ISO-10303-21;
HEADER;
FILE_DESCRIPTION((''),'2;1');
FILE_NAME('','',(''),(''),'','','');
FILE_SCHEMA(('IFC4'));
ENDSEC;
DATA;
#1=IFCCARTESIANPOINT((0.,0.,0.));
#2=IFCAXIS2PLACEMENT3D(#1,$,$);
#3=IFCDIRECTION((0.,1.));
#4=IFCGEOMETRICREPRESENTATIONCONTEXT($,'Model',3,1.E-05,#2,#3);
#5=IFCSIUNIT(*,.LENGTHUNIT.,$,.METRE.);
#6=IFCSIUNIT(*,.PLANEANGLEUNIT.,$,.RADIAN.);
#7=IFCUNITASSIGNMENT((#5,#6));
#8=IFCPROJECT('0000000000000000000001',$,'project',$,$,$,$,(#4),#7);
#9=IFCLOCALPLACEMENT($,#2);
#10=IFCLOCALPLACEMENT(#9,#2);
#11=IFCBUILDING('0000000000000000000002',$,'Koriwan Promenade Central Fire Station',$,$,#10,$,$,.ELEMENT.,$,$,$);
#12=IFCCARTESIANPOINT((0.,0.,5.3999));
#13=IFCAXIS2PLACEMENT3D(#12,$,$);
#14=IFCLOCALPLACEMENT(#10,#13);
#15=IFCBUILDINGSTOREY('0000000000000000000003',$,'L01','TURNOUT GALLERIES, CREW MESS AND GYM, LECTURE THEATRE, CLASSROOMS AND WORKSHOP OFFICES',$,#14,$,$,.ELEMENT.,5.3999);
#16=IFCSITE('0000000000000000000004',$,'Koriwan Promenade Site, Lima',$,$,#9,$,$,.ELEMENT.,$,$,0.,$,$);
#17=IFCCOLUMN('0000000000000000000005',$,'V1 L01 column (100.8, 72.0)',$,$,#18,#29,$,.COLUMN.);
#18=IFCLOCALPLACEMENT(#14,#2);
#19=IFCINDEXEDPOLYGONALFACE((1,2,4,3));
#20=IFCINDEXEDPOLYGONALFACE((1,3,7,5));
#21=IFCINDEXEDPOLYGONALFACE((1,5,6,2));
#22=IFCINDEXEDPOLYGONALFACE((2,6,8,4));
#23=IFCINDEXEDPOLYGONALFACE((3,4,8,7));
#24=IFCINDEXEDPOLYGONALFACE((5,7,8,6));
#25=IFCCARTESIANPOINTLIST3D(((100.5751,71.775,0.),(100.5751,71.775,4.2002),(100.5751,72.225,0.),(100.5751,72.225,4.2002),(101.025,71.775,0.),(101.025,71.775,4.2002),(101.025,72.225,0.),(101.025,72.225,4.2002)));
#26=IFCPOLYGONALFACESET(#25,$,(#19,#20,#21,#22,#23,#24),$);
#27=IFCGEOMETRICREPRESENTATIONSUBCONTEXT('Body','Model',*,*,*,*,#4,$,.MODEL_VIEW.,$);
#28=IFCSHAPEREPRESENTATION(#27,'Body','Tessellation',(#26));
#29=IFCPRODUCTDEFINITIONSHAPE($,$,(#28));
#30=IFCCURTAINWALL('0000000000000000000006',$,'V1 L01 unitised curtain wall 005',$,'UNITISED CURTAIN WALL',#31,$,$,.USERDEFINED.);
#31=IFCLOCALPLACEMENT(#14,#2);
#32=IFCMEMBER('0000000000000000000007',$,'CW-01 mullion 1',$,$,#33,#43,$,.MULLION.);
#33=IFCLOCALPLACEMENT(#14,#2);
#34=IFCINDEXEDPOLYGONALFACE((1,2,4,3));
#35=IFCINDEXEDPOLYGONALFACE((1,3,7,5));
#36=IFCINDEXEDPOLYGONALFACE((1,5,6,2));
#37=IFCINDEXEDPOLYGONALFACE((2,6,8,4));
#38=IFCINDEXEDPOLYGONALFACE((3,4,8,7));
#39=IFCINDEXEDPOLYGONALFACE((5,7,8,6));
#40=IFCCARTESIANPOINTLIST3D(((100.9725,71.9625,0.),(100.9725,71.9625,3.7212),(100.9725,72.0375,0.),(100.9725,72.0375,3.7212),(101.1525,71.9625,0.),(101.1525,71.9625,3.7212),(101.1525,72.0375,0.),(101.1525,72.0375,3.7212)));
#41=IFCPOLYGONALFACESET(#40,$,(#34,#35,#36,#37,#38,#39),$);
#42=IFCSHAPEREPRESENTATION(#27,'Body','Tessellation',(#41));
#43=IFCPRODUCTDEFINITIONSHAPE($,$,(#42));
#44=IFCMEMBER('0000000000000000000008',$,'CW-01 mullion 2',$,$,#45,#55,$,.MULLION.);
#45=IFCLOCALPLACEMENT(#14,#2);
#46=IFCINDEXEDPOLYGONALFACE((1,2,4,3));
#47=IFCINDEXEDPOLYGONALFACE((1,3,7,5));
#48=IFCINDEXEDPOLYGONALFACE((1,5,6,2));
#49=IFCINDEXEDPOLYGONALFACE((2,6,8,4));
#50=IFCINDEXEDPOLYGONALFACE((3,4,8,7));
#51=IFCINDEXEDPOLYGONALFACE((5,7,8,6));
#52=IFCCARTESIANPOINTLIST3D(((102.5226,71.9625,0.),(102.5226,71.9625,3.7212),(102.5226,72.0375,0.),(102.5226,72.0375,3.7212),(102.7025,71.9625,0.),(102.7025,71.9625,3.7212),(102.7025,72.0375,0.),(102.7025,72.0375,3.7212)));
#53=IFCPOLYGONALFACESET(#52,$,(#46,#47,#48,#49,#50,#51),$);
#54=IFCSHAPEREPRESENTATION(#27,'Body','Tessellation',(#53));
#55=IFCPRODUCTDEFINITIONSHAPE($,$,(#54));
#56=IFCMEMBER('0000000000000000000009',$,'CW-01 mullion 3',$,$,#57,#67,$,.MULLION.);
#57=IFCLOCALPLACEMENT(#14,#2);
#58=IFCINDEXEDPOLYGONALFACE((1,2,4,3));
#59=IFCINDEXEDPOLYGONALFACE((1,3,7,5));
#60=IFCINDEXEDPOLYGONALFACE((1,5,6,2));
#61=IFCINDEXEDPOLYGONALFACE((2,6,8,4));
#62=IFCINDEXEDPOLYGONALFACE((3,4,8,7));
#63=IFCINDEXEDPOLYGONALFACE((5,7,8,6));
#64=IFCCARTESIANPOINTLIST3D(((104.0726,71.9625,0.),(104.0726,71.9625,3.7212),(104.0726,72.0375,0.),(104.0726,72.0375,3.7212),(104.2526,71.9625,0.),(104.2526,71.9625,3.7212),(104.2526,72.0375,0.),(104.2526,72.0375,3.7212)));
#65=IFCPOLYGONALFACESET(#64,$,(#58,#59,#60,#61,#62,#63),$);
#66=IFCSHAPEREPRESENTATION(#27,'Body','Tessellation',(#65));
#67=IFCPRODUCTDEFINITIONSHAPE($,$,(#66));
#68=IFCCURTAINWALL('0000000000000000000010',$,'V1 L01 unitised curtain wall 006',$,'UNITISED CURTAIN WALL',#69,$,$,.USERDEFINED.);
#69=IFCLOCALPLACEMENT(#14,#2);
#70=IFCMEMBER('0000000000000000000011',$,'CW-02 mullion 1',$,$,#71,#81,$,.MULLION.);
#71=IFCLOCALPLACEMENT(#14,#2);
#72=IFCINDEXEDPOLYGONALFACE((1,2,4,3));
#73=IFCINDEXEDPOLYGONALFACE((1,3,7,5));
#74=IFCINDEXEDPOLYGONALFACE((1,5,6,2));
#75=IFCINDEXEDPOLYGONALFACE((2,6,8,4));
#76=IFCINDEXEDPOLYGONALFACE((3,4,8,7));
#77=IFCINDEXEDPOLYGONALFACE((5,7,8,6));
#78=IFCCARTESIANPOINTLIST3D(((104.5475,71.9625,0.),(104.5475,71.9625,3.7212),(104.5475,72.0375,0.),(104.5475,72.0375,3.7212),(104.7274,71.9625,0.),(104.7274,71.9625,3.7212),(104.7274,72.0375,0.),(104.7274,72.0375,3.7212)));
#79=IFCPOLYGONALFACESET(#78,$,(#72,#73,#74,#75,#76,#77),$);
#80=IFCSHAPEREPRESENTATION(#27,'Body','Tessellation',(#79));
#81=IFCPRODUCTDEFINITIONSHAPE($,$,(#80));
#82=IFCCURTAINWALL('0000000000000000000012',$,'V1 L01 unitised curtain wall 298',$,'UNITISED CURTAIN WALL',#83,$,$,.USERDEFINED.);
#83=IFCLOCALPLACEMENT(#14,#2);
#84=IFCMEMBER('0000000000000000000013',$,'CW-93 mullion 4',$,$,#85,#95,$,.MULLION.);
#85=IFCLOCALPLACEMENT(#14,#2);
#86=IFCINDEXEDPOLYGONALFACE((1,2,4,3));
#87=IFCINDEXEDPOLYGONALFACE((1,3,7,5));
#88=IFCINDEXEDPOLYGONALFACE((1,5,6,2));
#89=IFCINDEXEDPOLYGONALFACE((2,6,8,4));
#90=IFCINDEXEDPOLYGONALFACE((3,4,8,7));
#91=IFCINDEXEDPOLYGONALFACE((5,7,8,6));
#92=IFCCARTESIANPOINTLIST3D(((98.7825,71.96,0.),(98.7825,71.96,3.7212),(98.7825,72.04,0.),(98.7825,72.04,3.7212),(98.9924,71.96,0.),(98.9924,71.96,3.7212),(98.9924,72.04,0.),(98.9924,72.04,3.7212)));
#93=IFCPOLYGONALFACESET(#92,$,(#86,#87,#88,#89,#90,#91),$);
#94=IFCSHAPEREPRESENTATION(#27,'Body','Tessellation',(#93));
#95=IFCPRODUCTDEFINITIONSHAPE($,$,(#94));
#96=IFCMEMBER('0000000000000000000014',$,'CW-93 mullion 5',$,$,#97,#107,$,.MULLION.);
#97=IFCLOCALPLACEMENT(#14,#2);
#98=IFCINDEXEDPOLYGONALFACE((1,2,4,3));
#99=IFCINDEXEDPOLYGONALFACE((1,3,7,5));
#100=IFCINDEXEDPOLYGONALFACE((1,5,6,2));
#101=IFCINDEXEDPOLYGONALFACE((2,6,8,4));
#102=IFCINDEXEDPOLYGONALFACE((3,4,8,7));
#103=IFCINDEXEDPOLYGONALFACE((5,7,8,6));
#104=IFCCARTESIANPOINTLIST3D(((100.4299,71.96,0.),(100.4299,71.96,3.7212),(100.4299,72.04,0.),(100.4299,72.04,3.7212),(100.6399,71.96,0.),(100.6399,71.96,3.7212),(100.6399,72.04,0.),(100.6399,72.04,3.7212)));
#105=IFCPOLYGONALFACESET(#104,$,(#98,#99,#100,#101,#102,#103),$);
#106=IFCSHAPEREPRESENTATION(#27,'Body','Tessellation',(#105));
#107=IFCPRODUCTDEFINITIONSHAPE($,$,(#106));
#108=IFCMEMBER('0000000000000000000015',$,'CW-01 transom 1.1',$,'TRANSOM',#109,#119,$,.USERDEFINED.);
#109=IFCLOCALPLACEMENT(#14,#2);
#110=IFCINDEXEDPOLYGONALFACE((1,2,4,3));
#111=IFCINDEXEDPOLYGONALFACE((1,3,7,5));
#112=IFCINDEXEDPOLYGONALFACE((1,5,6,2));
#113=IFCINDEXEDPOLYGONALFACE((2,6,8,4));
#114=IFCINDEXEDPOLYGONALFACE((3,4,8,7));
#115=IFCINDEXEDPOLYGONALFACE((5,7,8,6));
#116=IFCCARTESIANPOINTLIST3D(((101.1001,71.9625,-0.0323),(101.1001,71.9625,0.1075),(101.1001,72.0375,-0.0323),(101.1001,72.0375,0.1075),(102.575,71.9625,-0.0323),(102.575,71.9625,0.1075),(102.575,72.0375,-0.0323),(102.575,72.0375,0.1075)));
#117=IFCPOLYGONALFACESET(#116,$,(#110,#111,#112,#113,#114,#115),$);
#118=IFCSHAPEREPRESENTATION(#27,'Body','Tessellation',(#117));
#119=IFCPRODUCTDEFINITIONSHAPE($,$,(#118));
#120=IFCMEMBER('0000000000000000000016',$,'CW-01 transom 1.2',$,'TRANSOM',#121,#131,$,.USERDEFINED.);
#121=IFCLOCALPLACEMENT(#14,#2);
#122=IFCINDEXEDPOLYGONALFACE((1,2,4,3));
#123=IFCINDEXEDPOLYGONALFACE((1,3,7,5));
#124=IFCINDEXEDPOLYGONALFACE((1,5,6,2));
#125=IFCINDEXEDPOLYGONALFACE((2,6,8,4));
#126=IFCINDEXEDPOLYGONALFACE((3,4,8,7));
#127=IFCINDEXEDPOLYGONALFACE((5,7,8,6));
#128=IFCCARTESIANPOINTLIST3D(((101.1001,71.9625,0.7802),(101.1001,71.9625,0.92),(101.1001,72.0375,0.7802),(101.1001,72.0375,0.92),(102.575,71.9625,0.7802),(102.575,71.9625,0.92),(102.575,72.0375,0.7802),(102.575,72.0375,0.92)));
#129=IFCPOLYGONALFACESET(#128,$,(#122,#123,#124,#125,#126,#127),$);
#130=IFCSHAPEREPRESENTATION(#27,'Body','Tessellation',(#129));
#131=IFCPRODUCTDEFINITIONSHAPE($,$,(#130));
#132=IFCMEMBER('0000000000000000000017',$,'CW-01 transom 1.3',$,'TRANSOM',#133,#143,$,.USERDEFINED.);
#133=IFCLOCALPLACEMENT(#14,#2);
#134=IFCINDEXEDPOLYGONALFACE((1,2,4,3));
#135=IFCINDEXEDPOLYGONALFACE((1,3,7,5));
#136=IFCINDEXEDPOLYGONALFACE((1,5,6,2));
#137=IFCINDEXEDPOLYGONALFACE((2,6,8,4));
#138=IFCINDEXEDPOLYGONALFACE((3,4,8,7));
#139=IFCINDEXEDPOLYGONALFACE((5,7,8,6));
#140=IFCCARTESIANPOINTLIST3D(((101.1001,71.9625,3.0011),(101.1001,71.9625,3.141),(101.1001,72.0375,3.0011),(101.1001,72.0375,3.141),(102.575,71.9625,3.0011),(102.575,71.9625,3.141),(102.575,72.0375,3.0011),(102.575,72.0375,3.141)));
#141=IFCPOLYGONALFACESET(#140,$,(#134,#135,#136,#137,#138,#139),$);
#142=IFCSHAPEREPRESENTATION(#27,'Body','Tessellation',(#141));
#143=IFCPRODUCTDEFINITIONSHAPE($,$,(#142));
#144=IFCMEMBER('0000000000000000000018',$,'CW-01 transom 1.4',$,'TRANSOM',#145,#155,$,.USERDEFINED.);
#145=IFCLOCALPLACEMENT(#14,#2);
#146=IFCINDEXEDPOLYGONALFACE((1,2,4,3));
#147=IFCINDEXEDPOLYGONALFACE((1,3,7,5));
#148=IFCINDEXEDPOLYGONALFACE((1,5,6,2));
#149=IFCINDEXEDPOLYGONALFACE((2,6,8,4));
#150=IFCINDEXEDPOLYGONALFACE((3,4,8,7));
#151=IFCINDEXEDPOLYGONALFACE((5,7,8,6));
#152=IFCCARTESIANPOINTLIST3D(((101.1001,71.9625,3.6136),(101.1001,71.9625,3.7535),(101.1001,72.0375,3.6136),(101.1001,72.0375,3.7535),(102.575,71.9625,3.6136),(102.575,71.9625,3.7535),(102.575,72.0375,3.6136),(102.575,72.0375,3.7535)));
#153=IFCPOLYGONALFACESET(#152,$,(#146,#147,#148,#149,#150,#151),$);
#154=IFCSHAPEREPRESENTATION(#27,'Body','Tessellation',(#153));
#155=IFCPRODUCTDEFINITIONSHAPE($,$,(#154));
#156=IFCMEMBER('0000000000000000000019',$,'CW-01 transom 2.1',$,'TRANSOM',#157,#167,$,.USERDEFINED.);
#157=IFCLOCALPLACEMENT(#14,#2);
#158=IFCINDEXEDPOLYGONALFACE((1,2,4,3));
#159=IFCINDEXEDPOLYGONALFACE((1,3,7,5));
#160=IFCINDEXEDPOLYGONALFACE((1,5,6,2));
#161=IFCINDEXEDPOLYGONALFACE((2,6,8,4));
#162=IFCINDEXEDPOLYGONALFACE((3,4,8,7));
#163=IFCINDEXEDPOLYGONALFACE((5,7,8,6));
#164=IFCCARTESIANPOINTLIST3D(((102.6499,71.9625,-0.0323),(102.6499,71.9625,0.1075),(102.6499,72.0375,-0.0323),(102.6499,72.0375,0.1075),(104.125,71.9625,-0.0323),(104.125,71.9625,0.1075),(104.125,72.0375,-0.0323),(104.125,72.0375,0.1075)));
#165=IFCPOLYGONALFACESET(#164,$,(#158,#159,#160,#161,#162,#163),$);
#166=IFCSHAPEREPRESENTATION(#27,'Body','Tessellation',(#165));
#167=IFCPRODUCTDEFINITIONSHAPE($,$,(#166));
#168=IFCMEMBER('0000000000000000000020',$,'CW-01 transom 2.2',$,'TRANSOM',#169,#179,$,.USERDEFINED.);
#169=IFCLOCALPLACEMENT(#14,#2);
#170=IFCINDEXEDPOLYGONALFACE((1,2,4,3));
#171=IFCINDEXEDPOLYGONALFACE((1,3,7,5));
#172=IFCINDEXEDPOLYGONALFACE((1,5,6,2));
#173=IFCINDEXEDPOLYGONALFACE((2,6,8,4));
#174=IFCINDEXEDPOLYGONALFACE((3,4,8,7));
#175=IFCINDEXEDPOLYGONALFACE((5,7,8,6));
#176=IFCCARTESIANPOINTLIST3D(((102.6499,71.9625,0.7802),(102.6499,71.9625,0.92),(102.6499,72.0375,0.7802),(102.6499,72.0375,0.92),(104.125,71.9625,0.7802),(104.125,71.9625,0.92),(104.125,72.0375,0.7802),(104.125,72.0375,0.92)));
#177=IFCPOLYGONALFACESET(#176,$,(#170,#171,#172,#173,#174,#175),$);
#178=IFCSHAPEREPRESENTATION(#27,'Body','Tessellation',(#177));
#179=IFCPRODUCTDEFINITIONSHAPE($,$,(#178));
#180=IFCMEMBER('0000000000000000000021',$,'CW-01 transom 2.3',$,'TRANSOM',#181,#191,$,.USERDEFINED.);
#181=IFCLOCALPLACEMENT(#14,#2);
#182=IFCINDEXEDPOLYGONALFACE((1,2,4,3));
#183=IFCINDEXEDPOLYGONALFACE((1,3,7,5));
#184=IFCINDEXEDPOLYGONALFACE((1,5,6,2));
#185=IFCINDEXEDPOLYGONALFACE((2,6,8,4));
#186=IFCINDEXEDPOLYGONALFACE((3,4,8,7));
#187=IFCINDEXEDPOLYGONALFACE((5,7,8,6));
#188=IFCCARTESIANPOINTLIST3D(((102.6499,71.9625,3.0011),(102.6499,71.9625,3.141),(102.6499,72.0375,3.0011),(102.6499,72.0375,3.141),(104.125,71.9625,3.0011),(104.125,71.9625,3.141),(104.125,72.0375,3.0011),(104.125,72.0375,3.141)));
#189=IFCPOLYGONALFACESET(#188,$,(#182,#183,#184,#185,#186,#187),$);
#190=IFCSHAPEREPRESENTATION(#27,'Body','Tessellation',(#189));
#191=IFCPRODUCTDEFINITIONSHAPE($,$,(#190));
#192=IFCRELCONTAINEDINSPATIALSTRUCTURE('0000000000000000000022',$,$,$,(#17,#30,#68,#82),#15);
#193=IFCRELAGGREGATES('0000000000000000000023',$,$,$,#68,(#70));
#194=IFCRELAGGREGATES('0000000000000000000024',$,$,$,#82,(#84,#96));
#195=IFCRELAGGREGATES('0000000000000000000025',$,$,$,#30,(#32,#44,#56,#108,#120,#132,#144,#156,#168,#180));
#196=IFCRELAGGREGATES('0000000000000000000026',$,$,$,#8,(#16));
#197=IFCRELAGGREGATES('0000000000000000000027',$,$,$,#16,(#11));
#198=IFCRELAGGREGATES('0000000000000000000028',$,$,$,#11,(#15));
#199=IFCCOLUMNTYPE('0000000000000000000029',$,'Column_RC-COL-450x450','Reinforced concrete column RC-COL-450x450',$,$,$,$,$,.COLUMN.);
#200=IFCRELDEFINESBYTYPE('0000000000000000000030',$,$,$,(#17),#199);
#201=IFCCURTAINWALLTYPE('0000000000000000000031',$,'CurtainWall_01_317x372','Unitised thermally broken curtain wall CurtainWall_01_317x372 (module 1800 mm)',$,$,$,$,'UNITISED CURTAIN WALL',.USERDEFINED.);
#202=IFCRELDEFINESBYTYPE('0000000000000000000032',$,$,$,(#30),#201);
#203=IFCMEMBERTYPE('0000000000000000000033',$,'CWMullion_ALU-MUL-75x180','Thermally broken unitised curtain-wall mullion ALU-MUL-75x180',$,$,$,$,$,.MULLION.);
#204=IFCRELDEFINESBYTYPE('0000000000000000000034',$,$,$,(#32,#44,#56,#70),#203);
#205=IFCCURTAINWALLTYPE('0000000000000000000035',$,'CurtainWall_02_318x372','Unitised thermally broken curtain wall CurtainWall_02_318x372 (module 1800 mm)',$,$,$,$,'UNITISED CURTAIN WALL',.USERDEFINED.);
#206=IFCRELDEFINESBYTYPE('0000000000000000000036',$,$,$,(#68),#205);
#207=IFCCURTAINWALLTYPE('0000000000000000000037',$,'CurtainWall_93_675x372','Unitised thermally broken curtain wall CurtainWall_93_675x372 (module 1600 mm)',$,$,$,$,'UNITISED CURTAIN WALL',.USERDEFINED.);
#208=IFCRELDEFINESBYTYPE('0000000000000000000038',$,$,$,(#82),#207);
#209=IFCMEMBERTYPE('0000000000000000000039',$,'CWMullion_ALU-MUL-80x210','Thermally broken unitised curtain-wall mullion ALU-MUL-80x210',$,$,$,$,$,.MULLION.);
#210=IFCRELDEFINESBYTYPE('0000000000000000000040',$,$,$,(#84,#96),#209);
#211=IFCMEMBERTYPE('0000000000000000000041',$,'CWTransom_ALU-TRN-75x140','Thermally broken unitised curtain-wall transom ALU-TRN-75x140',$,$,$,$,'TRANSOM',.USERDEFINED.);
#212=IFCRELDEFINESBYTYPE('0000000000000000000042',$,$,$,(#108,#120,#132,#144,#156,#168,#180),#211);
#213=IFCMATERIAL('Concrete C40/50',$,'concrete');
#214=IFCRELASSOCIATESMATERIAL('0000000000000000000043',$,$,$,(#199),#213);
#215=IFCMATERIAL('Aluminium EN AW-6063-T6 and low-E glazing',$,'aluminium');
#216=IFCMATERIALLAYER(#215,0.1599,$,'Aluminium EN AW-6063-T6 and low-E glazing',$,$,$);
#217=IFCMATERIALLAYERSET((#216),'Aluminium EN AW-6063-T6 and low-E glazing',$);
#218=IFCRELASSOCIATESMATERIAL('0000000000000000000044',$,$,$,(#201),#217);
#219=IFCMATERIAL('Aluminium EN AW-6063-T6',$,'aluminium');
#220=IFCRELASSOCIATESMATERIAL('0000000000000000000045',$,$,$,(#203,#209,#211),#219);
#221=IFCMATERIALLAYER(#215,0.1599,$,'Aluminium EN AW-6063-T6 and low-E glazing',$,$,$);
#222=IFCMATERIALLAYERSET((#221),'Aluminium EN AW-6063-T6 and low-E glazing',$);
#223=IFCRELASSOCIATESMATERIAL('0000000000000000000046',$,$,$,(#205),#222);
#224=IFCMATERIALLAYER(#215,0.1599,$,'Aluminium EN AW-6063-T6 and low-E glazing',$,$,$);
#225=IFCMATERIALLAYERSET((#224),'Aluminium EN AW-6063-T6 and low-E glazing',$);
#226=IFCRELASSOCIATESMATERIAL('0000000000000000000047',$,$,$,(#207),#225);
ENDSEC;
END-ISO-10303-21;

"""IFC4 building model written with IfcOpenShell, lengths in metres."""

from ifc_helpers import new_model, si_unit, direction, frame, origin, origin_2d, place, context, subcontext, project, spatial, rectangle, extrude, material, layer, layer_set, material_profile, profile_set, type_object, element, aggregate, save


model = new_model("IFC4")

# Units and contexts
model_context = context("Model", 3, precision=1e-05, world=origin(), true_north=direction((0.0, 1.0)))
body_context = subcontext(model_context, "Body", "Model", "MODEL_VIEW")
ifc_project = project(units=[si_unit("LENGTHUNIT", "METRE"), si_unit("PLANEANGLEUNIT", "RADIAN")], contexts=[model_context])

# Site, building, storey
site_placement = place(None, origin())
site = spatial("IfcSite", under=ifc_project, at=site_placement, Name="Koriwan Promenade Site, Lima", CompositionType="ELEMENT", RefElevation=0.0)
building_placement = place(site_placement, origin())
building = spatial("IfcBuilding", under=site, at=building_placement, Name="Koriwan Promenade Central Fire Station", CompositionType="ELEMENT")
storey_placement = place(building_placement, frame((0.0, 0.0, 5.3999)))
storey = spatial("IfcBuildingStorey", under=building, at=storey_placement, Name="L01", Description="TURNOUT GALLERIES, CREW MESS AND GYM, LECTURE THEATRE, CLASSROOMS AND WORKSHOP OFFICES", CompositionType="ELEMENT", Elevation=5.3999)

# Column
ifc_material_1 = material(Name="Concrete C40/50", Category="concrete")
ifc_material_profile_1 = material_profile(ifc_material_1, rectangle(XDim=0.45, YDim=0.45, at=origin_2d()), Name="RC-COL-450x450")
ifc_profile_set_1 = profile_set([ifc_material_profile_1], Name="Concrete C40/50")
column_type = type_object("IfcColumnType", Name="Column_RC-COL-450x450", Description="Reinforced concrete column RC-COL-450x450", PredefinedType="COLUMN", material=ifc_profile_set_1)
column_placement = place(storey_placement, frame((100.8, 72.0, 0.0), z_axis=(0.0, 0.0, 1.0), x_axis=(1.0, 0.0, 0.0)))
element("IfcColumn", 1, at=column_placement, inside=storey, type_object=column_type, Name="V1 L01 column (100.8, 72.0)", PredefinedType="COLUMN", context=body_context, shape_type="SweptSolid", body=[
    extrude(rectangle(XDim=0.45, YDim=0.45, at=origin_2d()), origin(), (0.0, 0.0, 1.0), 4.2002),
])

# Curtain wall, members
ifc_material_2 = material(Name="Aluminium EN AW-6063-T6 and low-E glazing", Category="aluminium")
ifc_layer_1 = layer(ifc_material_2, 0.1599, Name="Aluminium EN AW-6063-T6 and low-E glazing")
ifc_layer_set_1 = layer_set([ifc_layer_1], Name="Aluminium EN AW-6063-T6 and low-E glazing")
curtain_wall_type_1 = type_object("IfcCurtainWallType", Name="CurtainWall_01_317x372", Description="Unitised thermally broken curtain wall CurtainWall_01_317x372 (module 1800 mm)", ElementType="UNITISED CURTAIN WALL", PredefinedType="USERDEFINED", material=ifc_layer_set_1)
curtain_wall_1_placement = place(storey_placement, origin())
curtain_wall_1 = element("IfcCurtainWall", 2, at=curtain_wall_1_placement, inside=storey, type_object=curtain_wall_type_1, Name="V1 L01 unitised curtain wall 005", ObjectType="UNITISED CURTAIN WALL", PredefinedType="USERDEFINED")
ifc_material_3 = material(Name="Aluminium EN AW-6063-T6", Category="aluminium")
ifc_material_profile_2 = material_profile(ifc_material_3, rectangle(XDim=0.075, YDim=0.1799, at=origin_2d()), Name="ALU-MUL-75x180")
ifc_profile_set_2 = profile_set([ifc_material_profile_2], Name="Aluminium EN AW-6063-T6")
member_type_1 = type_object("IfcMemberType", Name="CWMullion_ALU-MUL-75x180", Description="Thermally broken unitised curtain-wall mullion ALU-MUL-75x180", PredefinedType="MULLION", material=ifc_profile_set_2)
member_1_placement = place(storey_placement, frame((101.0625, 72.0, 0.0), z_axis=(0.0, 0.0, 1.0), x_axis=(0.0, 1.0, 0.0)))
member_1 = element("IfcMember", 3, at=member_1_placement, type_object=member_type_1, Name="CW-01 mullion 1", PredefinedType="MULLION", context=body_context, shape_type="SweptSolid", body=[
    extrude(rectangle(XDim=0.075, YDim=0.1799, at=origin_2d()), origin(), (0.0, 0.0, 1.0), 3.7212),
])
member_2_placement = place(storey_placement, frame((102.6125, 72.0, 0.0), z_axis=(0.0, 0.0, 1.0), x_axis=(0.0, 1.0, 0.0)))
member_2 = element("IfcMember", 4, at=member_2_placement, type_object=member_type_1, Name="CW-01 mullion 2", PredefinedType="MULLION", context=body_context, shape_type="SweptSolid", body=[
    extrude(rectangle(XDim=0.075, YDim=0.1799, at=origin_2d()), origin(), (0.0, 0.0, 1.0), 3.7212),
])
member_3_placement = place(storey_placement, frame((104.1626, 72.0, 0.0), z_axis=(0.0, 0.0, 1.0), x_axis=(0.0, 1.0, 0.0)))
member_3 = element("IfcMember", 5, at=member_3_placement, type_object=member_type_1, Name="CW-01 mullion 3", PredefinedType="MULLION", context=body_context, shape_type="SweptSolid", body=[
    extrude(rectangle(XDim=0.075, YDim=0.1799, at=origin_2d()), origin(), (0.0, 0.0, 1.0), 3.7212),
])

# Curtain wall, member
ifc_layer_2 = layer(ifc_material_2, 0.1599, Name="Aluminium EN AW-6063-T6 and low-E glazing")
ifc_layer_set_2 = layer_set([ifc_layer_2], Name="Aluminium EN AW-6063-T6 and low-E glazing")
curtain_wall_type_2 = type_object("IfcCurtainWallType", Name="CurtainWall_02_318x372", Description="Unitised thermally broken curtain wall CurtainWall_02_318x372 (module 1800 mm)", ElementType="UNITISED CURTAIN WALL", PredefinedType="USERDEFINED", material=ifc_layer_set_2)
curtain_wall_2_placement = place(storey_placement, origin())
curtain_wall_2 = element("IfcCurtainWall", 6, at=curtain_wall_2_placement, inside=storey, type_object=curtain_wall_type_2, Name="V1 L01 unitised curtain wall 006", ObjectType="UNITISED CURTAIN WALL", PredefinedType="USERDEFINED")
member_4_placement = place(storey_placement, frame((104.6375, 72.0, 0.0), z_axis=(0.0, 0.0, 1.0), x_axis=(0.0, 1.0, 0.0)))
member_4 = element("IfcMember", 7, at=member_4_placement, type_object=member_type_1, Name="CW-02 mullion 1", PredefinedType="MULLION", context=body_context, shape_type="SweptSolid", body=[
    extrude(rectangle(XDim=0.075, YDim=0.1799, at=origin_2d()), origin(), (0.0, 0.0, 1.0), 3.7212),
])
aggregate(curtain_wall_2, [member_4])

# Curtain wall, members
ifc_layer_3 = layer(ifc_material_2, 0.1599, Name="Aluminium EN AW-6063-T6 and low-E glazing")
ifc_layer_set_3 = layer_set([ifc_layer_3], Name="Aluminium EN AW-6063-T6 and low-E glazing")
curtain_wall_type_3 = type_object("IfcCurtainWallType", Name="CurtainWall_93_675x372", Description="Unitised thermally broken curtain wall CurtainWall_93_675x372 (module 1600 mm)", ElementType="UNITISED CURTAIN WALL", PredefinedType="USERDEFINED", material=ifc_layer_set_3)
curtain_wall_3_placement = place(storey_placement, origin())
curtain_wall_3 = element("IfcCurtainWall", 8, at=curtain_wall_3_placement, inside=storey, type_object=curtain_wall_type_3, Name="V1 L01 unitised curtain wall 298", ObjectType="UNITISED CURTAIN WALL", PredefinedType="USERDEFINED")
ifc_material_profile_3 = material_profile(ifc_material_3, rectangle(XDim=0.0801, YDim=0.21, at=origin_2d()), Name="ALU-MUL-80x210")
ifc_profile_set_3 = profile_set([ifc_material_profile_3], Name="Aluminium EN AW-6063-T6")
member_type_2 = type_object("IfcMemberType", Name="CWMullion_ALU-MUL-80x210", Description="Thermally broken unitised curtain-wall mullion ALU-MUL-80x210", PredefinedType="MULLION", material=ifc_profile_set_3)
member_5_placement = place(storey_placement, frame((98.8875, 72.0, 0.0), z_axis=(0.0, 0.0, 1.0), x_axis=(0.0, 1.0, 0.0)))
member_5 = element("IfcMember", 9, at=member_5_placement, type_object=member_type_2, Name="CW-93 mullion 4", PredefinedType="MULLION", context=body_context, shape_type="SweptSolid", body=[
    extrude(rectangle(XDim=0.0801, YDim=0.21, at=origin_2d()), origin(), (0.0, 0.0, 1.0), 3.7212),
])
member_6_placement = place(storey_placement, frame((100.5349, 72.0, 0.0), z_axis=(0.0, 0.0, 1.0), x_axis=(0.0, 1.0, 0.0)))
member_6 = element("IfcMember", 10, at=member_6_placement, type_object=member_type_2, Name="CW-93 mullion 5", PredefinedType="MULLION", context=body_context, shape_type="SweptSolid", body=[
    extrude(rectangle(XDim=0.0801, YDim=0.21, at=origin_2d()), origin(), (0.0, 0.0, 1.0), 3.7212),
])

# Members
ifc_material_profile_4 = material_profile(ifc_material_3, rectangle(XDim=0.075, YDim=0.1399, at=origin_2d()), Name="ALU-TRN-75x140")
ifc_profile_set_4 = profile_set([ifc_material_profile_4], Name="Aluminium EN AW-6063-T6")
member_type_3 = type_object("IfcMemberType", Name="CWTransom_ALU-TRN-75x140", Description="Thermally broken unitised curtain-wall transom ALU-TRN-75x140", ElementType="TRANSOM", PredefinedType="USERDEFINED", material=ifc_profile_set_4)
member_7_placement = place(storey_placement, frame((101.1001, 72.0, 0.0376), z_axis=(1.0, 0.0, 0.0), x_axis=(0.0, 1.0, 0.0)))
member_7 = element("IfcMember", 11, at=member_7_placement, type_object=member_type_3, Name="CW-01 transom 1.1", ObjectType="TRANSOM", PredefinedType="USERDEFINED", context=body_context, shape_type="SweptSolid", body=[
    extrude(rectangle(XDim=0.075, YDim=0.1399, at=origin_2d()), origin(), (0.0, 0.0, 1.0), 1.4749),
])
member_8_placement = place(storey_placement, frame((101.1001, 72.0, 0.8501), z_axis=(1.0, 0.0, 0.0), x_axis=(0.0, 1.0, 0.0)))
member_8 = element("IfcMember", 12, at=member_8_placement, type_object=member_type_3, Name="CW-01 transom 1.2", ObjectType="TRANSOM", PredefinedType="USERDEFINED", context=body_context, shape_type="SweptSolid", body=[
    extrude(rectangle(XDim=0.075, YDim=0.1399, at=origin_2d()), origin(), (0.0, 0.0, 1.0), 1.4749),
])
member_9_placement = place(storey_placement, frame((101.1001, 72.0, 3.071), z_axis=(1.0, 0.0, 0.0), x_axis=(0.0, 1.0, 0.0)))
member_9 = element("IfcMember", 13, at=member_9_placement, type_object=member_type_3, Name="CW-01 transom 1.3", ObjectType="TRANSOM", PredefinedType="USERDEFINED", context=body_context, shape_type="SweptSolid", body=[
    extrude(rectangle(XDim=0.075, YDim=0.1399, at=origin_2d()), origin(), (0.0, 0.0, 1.0), 1.4749),
])
member_10_placement = place(storey_placement, frame((101.1001, 72.0, 3.6836), z_axis=(1.0, 0.0, 0.0), x_axis=(0.0, 1.0, 0.0)))
member_10 = element("IfcMember", 14, at=member_10_placement, type_object=member_type_3, Name="CW-01 transom 1.4", ObjectType="TRANSOM", PredefinedType="USERDEFINED", context=body_context, shape_type="SweptSolid", body=[
    extrude(rectangle(XDim=0.075, YDim=0.1399, at=origin_2d()), origin(), (0.0, 0.0, 1.0), 1.4749),
])
member_11_placement = place(storey_placement, frame((102.6499, 72.0, 0.0376), z_axis=(1.0, 0.0, 0.0), x_axis=(0.0, 1.0, 0.0)))
member_11 = element("IfcMember", 15, at=member_11_placement, type_object=member_type_3, Name="CW-01 transom 2.1", ObjectType="TRANSOM", PredefinedType="USERDEFINED", context=body_context, shape_type="SweptSolid", body=[
    extrude(rectangle(XDim=0.075, YDim=0.1399, at=origin_2d()), origin(), (0.0, 0.0, 1.0), 1.4751),
])
member_12_placement = place(storey_placement, frame((102.6499, 72.0, 0.8501), z_axis=(1.0, 0.0, 0.0), x_axis=(0.0, 1.0, 0.0)))
member_12 = element("IfcMember", 16, at=member_12_placement, type_object=member_type_3, Name="CW-01 transom 2.2", ObjectType="TRANSOM", PredefinedType="USERDEFINED", context=body_context, shape_type="SweptSolid", body=[
    extrude(rectangle(XDim=0.075, YDim=0.1399, at=origin_2d()), origin(), (0.0, 0.0, 1.0), 1.4751),
])
member_13_placement = place(storey_placement, frame((102.6499, 72.0, 3.071), z_axis=(1.0, 0.0, 0.0), x_axis=(0.0, 1.0, 0.0)))
member_13 = element("IfcMember", 17, at=member_13_placement, type_object=member_type_3, Name="CW-01 transom 2.3", ObjectType="TRANSOM", PredefinedType="USERDEFINED", context=body_context, shape_type="SweptSolid", body=[
    extrude(rectangle(XDim=0.075, YDim=0.1399, at=origin_2d()), origin(), (0.0, 0.0, 1.0), 1.4751),
])

aggregate(curtain_wall_3, [member_5, member_6])
aggregate(curtain_wall_1, [member_1, member_2, member_3, member_7, member_8, member_9, member_10, member_11, member_12, member_13])

save(model, "model.ifc")
